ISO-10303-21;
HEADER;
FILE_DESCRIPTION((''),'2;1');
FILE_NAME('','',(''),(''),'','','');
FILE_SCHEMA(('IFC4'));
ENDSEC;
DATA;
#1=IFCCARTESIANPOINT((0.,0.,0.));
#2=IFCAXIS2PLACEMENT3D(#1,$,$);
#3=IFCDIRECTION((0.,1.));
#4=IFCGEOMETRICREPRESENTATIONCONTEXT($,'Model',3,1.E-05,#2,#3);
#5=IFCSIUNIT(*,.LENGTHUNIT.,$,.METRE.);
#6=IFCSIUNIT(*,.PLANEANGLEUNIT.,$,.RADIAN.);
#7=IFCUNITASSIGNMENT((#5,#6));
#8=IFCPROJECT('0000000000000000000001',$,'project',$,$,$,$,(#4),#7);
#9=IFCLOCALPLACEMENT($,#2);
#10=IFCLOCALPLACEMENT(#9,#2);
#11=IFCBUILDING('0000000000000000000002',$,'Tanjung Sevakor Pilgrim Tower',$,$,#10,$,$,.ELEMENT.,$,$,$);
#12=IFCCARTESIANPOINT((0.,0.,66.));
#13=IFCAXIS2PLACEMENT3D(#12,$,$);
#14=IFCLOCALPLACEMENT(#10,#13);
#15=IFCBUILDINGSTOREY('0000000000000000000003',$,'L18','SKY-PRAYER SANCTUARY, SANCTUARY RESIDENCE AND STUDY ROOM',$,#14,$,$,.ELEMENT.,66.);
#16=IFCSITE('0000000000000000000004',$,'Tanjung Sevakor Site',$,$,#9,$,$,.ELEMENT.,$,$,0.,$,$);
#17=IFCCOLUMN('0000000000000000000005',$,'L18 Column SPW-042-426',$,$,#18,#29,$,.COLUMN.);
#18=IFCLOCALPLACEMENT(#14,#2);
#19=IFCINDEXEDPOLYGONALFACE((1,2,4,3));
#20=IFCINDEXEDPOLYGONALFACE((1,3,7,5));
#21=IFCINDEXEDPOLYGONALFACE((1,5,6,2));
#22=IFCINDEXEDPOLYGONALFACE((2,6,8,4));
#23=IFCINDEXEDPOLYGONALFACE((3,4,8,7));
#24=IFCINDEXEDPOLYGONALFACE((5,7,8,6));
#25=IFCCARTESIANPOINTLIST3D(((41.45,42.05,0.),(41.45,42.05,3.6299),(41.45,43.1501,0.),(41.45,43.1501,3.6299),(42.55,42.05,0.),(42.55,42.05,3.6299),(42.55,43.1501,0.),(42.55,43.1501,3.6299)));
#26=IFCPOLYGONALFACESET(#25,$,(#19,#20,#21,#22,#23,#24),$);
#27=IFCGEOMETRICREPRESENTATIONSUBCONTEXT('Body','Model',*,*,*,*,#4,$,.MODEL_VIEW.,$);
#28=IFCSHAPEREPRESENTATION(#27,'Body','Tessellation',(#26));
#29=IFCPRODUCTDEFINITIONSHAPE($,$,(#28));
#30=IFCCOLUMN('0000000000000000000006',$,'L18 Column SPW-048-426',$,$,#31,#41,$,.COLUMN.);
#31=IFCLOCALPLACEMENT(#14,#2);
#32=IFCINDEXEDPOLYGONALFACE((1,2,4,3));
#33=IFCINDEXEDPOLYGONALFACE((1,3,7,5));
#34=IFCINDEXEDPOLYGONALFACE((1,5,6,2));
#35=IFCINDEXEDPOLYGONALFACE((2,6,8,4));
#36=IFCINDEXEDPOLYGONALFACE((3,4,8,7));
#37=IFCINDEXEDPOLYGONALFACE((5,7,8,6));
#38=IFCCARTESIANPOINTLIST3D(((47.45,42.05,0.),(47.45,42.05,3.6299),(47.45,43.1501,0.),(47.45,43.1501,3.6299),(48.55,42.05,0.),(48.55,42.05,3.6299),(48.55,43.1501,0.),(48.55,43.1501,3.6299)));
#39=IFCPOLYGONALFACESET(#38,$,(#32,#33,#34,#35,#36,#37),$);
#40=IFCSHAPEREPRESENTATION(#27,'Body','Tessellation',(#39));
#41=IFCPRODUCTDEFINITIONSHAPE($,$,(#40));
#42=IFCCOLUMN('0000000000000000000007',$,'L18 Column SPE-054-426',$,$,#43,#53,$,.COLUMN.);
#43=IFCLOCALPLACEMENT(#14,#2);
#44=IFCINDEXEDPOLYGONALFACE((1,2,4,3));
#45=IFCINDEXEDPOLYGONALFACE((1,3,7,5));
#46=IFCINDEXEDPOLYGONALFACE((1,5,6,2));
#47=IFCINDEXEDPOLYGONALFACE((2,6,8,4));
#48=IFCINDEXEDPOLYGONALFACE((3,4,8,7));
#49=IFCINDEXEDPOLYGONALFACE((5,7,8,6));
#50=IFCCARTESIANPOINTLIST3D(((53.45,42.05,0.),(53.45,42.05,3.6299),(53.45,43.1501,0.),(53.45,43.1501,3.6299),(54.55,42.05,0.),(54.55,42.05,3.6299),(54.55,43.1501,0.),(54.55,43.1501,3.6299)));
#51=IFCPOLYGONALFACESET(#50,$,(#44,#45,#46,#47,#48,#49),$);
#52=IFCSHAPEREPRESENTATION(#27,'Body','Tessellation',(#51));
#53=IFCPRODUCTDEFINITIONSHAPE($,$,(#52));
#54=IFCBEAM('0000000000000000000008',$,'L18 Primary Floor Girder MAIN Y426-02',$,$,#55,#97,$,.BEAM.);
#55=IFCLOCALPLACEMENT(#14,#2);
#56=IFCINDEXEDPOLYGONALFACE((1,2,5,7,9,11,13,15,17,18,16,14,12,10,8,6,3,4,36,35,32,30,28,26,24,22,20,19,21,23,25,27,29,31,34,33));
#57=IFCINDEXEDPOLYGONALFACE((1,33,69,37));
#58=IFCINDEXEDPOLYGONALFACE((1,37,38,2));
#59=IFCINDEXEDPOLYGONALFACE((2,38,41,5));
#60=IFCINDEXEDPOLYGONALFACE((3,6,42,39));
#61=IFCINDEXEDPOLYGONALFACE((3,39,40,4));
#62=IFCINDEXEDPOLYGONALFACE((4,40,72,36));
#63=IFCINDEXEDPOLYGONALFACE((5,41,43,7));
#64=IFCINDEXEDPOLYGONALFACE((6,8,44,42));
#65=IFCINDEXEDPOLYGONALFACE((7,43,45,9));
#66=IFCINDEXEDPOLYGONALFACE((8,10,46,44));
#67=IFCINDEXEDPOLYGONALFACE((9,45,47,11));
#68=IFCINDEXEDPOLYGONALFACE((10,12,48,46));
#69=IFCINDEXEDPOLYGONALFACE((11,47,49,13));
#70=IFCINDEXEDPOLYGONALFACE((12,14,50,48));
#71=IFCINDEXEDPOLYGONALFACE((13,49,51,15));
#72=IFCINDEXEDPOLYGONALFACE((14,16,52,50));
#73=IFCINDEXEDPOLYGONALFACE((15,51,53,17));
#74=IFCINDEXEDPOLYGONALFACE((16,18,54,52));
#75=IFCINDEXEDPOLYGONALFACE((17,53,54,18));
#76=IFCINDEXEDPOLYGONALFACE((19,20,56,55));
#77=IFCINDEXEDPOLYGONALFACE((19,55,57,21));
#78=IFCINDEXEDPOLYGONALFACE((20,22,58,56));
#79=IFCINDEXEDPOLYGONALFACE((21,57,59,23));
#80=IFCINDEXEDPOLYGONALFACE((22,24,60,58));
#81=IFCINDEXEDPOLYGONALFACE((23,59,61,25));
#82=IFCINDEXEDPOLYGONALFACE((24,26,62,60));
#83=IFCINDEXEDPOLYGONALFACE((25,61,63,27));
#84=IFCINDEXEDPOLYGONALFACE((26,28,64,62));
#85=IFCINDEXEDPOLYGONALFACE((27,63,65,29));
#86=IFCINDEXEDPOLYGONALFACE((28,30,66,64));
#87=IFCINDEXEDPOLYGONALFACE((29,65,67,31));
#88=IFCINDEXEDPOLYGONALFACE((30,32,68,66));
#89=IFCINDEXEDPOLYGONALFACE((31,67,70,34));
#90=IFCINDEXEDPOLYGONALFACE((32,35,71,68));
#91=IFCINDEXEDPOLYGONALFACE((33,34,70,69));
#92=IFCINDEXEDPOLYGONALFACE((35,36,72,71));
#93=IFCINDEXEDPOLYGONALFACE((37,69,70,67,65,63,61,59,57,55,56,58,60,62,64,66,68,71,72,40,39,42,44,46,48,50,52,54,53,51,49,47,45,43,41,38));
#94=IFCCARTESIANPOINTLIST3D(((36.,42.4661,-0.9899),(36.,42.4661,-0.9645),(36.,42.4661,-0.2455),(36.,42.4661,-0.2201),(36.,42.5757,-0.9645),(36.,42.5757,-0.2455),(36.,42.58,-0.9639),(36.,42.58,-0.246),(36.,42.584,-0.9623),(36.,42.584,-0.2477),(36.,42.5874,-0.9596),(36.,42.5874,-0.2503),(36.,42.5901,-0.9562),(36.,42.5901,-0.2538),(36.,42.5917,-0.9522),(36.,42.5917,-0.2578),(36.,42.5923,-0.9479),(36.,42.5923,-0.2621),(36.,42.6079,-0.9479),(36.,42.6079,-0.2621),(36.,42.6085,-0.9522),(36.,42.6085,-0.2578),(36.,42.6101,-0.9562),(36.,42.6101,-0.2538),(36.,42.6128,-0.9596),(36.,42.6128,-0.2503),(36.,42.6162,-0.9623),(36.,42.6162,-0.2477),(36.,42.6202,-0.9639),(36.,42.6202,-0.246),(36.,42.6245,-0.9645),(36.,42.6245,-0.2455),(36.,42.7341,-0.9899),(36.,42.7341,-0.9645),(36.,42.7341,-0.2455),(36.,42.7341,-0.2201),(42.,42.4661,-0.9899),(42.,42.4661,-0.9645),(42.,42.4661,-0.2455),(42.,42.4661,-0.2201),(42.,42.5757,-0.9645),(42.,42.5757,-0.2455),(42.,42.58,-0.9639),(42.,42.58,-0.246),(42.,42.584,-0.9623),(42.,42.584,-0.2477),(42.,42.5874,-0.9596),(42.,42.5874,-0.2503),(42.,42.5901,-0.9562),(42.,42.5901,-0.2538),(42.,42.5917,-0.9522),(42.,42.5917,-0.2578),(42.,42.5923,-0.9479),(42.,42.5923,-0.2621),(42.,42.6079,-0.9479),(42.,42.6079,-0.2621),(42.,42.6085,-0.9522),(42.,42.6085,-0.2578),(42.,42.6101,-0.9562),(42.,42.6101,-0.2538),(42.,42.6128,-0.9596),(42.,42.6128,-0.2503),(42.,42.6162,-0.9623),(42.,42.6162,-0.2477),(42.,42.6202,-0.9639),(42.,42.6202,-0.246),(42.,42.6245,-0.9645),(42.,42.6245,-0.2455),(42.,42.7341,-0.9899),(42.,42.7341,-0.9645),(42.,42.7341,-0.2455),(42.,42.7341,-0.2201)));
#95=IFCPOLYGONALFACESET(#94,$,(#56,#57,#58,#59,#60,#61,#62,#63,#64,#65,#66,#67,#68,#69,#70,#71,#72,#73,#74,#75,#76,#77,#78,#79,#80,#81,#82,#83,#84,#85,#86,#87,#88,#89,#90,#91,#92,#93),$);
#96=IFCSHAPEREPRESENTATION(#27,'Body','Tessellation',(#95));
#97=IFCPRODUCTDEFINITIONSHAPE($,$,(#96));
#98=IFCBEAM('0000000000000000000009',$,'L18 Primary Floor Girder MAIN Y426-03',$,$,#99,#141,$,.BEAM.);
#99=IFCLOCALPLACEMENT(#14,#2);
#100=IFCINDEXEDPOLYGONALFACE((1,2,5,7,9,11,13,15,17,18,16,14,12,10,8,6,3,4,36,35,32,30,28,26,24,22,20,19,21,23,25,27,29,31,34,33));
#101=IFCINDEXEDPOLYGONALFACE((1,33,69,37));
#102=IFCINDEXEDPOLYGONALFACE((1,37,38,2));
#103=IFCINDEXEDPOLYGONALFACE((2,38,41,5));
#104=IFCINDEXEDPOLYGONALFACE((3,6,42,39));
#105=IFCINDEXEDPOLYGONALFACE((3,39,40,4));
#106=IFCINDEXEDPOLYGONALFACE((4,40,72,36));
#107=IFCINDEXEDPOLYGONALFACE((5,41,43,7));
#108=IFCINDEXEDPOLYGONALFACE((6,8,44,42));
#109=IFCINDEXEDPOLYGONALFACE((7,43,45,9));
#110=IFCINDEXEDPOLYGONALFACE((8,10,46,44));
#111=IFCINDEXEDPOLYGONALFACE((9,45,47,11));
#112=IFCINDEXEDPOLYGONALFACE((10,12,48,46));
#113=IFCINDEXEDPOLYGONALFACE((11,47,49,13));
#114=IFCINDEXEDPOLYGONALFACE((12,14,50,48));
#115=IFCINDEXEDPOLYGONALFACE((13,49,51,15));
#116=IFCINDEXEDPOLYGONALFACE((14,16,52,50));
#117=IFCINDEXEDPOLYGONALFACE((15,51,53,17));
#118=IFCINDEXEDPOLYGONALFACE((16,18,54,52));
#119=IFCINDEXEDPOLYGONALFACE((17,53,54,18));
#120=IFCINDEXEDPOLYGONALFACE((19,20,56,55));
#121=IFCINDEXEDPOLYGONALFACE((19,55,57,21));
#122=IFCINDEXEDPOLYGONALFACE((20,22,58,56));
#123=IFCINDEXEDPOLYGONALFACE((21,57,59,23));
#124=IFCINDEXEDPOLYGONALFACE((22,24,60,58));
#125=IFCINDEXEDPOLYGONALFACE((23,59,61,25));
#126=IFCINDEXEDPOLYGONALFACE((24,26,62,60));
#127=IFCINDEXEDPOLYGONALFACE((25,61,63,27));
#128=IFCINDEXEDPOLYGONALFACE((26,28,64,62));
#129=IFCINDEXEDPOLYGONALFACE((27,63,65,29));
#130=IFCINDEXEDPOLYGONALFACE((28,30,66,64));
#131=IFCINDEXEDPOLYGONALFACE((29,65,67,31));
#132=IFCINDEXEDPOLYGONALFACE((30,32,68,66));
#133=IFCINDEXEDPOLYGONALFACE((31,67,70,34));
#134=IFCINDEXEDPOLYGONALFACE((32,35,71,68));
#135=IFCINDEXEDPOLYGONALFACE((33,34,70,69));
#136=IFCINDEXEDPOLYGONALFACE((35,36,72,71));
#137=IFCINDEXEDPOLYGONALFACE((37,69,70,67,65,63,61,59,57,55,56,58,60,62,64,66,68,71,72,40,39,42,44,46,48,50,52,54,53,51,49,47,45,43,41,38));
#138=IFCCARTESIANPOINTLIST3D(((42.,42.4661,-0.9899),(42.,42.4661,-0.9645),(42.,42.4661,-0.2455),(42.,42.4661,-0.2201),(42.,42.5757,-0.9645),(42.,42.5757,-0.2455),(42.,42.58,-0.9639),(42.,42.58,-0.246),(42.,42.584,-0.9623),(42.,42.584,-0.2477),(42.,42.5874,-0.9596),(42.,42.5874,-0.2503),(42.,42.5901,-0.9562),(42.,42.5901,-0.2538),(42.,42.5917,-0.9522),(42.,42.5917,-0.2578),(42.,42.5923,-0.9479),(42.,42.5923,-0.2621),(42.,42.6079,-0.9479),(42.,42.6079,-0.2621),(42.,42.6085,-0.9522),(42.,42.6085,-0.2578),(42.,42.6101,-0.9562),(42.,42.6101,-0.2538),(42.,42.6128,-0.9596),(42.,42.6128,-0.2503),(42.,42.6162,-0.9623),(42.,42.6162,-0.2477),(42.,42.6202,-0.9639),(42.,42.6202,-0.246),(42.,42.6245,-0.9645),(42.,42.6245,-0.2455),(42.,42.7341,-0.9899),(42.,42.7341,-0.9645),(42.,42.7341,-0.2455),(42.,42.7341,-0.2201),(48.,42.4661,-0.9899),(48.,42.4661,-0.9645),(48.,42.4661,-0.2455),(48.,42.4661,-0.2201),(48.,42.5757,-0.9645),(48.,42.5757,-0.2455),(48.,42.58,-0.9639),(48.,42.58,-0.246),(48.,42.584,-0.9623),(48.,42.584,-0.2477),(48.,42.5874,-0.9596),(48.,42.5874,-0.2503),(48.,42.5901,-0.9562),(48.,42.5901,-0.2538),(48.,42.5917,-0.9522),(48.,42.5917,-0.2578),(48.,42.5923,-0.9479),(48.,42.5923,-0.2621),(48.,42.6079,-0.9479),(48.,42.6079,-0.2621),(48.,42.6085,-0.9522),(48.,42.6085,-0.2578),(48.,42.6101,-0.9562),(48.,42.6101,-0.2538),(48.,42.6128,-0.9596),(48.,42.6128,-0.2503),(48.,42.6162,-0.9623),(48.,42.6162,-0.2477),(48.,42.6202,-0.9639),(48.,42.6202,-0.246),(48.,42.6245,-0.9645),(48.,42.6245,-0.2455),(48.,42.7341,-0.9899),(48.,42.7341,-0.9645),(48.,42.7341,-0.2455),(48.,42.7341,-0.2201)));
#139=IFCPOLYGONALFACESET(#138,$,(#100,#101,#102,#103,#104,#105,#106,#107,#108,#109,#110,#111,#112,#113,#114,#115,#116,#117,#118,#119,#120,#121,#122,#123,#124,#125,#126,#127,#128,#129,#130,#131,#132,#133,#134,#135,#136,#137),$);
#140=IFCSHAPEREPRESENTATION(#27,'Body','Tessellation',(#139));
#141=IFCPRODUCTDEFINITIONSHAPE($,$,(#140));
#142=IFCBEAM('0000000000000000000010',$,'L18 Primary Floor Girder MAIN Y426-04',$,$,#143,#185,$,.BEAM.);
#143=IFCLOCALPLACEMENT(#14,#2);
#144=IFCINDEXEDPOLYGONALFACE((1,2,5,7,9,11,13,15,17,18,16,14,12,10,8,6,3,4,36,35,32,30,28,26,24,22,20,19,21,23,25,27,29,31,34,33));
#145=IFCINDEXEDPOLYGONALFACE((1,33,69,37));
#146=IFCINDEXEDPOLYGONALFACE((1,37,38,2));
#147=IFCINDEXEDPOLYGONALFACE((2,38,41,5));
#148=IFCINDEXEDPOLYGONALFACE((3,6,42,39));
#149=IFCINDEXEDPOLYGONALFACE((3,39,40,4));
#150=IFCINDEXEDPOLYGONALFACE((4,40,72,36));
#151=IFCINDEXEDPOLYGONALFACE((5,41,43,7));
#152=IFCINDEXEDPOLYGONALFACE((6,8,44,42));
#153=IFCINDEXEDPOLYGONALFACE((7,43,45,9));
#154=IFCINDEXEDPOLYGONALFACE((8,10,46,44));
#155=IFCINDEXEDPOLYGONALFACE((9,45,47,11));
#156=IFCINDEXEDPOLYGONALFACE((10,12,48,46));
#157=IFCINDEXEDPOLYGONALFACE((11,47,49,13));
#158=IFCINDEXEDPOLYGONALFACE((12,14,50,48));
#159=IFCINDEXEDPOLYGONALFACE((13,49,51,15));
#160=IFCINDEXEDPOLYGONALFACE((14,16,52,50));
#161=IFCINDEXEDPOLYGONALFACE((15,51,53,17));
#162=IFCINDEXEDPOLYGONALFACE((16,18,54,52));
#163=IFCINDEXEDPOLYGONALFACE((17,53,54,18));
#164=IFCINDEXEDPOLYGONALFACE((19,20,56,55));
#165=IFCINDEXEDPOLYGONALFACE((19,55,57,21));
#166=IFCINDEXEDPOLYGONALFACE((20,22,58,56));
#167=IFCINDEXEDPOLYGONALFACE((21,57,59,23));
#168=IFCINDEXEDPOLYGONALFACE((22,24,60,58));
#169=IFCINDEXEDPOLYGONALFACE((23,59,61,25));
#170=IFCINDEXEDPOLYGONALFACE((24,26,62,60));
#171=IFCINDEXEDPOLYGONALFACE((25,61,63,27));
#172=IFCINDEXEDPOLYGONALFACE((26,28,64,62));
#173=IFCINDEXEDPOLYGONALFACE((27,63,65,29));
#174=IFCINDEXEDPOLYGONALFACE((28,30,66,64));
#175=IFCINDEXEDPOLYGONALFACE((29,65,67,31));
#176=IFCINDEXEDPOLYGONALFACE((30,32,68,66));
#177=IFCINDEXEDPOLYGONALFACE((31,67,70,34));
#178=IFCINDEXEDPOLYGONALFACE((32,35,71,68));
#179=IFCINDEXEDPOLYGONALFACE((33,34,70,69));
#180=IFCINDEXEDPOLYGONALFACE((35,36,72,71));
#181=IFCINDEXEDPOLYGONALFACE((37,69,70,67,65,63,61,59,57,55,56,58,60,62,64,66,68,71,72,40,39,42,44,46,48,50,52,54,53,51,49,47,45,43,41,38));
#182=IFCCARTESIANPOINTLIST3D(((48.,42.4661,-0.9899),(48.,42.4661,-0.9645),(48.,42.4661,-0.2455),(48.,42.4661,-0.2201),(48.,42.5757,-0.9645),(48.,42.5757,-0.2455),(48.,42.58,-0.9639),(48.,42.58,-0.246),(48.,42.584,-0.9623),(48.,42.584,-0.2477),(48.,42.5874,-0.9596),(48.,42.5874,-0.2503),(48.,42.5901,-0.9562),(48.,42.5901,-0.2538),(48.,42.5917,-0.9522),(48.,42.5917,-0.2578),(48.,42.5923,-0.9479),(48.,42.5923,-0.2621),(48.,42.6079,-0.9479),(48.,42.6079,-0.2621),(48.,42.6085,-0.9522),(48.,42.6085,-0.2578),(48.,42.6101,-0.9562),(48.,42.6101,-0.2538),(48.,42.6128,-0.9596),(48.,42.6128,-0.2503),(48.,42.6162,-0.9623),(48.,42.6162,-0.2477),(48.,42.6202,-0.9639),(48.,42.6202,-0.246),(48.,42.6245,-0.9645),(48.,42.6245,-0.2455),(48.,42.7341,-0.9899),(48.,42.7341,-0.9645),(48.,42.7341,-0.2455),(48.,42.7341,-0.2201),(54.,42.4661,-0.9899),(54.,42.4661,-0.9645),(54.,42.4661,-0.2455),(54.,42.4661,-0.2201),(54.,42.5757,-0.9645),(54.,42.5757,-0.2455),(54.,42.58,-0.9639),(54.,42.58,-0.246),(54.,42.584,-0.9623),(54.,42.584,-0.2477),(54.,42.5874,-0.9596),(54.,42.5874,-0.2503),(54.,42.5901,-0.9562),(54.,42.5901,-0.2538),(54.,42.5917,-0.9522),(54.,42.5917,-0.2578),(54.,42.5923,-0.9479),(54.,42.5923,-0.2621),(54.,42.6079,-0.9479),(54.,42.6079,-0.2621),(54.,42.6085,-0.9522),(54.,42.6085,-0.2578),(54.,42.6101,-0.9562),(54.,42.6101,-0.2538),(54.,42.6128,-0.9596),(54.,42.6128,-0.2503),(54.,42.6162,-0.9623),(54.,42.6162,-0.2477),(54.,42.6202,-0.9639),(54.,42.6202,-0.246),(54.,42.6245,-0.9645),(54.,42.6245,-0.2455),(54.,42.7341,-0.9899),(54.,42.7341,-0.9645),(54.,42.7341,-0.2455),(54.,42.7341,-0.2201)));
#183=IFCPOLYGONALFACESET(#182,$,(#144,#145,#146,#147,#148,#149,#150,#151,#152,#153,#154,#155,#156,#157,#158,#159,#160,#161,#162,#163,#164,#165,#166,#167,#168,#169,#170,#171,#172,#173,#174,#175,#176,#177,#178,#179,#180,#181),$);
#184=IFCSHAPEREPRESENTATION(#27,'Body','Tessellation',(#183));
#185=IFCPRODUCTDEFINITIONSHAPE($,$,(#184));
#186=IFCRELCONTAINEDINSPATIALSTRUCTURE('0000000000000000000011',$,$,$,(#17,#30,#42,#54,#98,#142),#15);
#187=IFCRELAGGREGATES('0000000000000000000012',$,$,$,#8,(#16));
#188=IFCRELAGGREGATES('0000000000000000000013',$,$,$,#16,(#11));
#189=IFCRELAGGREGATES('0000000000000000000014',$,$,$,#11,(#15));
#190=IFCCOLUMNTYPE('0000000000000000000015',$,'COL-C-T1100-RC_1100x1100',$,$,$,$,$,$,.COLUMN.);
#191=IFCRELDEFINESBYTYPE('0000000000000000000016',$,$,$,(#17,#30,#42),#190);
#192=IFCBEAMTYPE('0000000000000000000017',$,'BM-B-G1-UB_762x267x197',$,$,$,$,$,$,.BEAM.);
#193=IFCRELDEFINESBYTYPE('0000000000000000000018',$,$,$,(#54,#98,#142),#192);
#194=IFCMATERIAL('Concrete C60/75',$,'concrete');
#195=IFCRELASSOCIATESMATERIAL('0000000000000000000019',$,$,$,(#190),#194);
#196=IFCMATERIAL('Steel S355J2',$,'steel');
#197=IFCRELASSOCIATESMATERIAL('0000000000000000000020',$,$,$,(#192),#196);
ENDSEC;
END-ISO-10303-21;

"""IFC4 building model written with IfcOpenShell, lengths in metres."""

from ifc_helpers import new_model, si_unit, direction, frame, origin, origin_2d, place, context, subcontext, project, spatial, rectangle, i_section, extrude, material, material_profile, profile_set, type_object, element, save


model = new_model("IFC4")

# Units and contexts
model_context = context("Model", 3, precision=1e-05, world=origin(), true_north=direction((0.0, 1.0)))
body_context = subcontext(model_context, "Body", "Model", "MODEL_VIEW")
ifc_project = project(units=[si_unit("LENGTHUNIT", "METRE"), si_unit("PLANEANGLEUNIT", "RADIAN")], contexts=[model_context])

# Site, building, storey
site_placement = place(None, origin())
site = spatial("IfcSite", under=ifc_project, at=site_placement, Name="Tanjung Sevakor Site", CompositionType="ELEMENT", RefElevation=0.0)
building_placement = place(site_placement, origin())
building = spatial("IfcBuilding", under=site, at=building_placement, Name="Tanjung Sevakor Pilgrim Tower", CompositionType="ELEMENT")
storey_placement = place(building_placement, frame((0.0, 0.0, 66.0)))
storey = spatial("IfcBuildingStorey", under=building, at=storey_placement, Name="L18", Description="SKY-PRAYER SANCTUARY, SANCTUARY RESIDENCE AND STUDY ROOM", CompositionType="ELEMENT", Elevation=66.0)

# Columns
ifc_material_1 = material(Name="Concrete C60/75", Category="concrete")
ifc_material_profile_1 = material_profile(ifc_material_1, rectangle(XDim=1.1001, YDim=1.1001, at=origin_2d()))
ifc_profile_set_1 = profile_set([ifc_material_profile_1], Name="Concrete C60/75")
column_type = type_object("IfcColumnType", Name="COL-C-T1100-RC_1100x1100", PredefinedType="COLUMN", material=ifc_profile_set_1)
for number, where, z_axis, x_axis, name in (
    (1, (42.0, 42.6001, 0.0), (0.0, 0.0, 1.0), (1.0, 0.0, 0.0), "L18 Column SPW-042-426"),
    (2, (48.0, 42.6001, 0.0), (0.0, 0.0, 1.0), (1.0, 0.0, 0.0), "L18 Column SPW-048-426"),
    (3, (54.0, 42.6001, 0.0), (0.0, 0.0, 1.0), (1.0, 0.0, 0.0), "L18 Column SPE-054-426"),
):
    element("IfcColumn", number, at=place(storey_placement, frame(where, z_axis=z_axis, x_axis=x_axis)), inside=storey, type_object=column_type, Name=name, PredefinedType="COLUMN", context=body_context, shape_type="SweptSolid", body=[
        extrude(rectangle(XDim=1.1001, YDim=1.1001, at=origin_2d()), origin(), (0.0, 0.0, 1.0), 3.6299),
    ])

# Beams
ifc_material_2 = material(Name="Steel S355J2", Category="steel")
ifc_material_profile_2 = material_profile(ifc_material_2, i_section(OverallWidth=0.2681, OverallDepth=0.7698, WebThickness=0.0156, FlangeThickness=0.0254, FilletRadius=0.0166, at=origin_2d()))
ifc_profile_set_2 = profile_set([ifc_material_profile_2], Name="Steel S355J2")
beam_type_1 = type_object("IfcBeamType", Name="BM-B-G1-UB_762x267x197", PredefinedType="BEAM", material=ifc_profile_set_2)
for number, where, z_axis, x_axis, name in (
    (4, (36.0, 42.6001, -0.605), (1.0, 0.0, 0.0), (0.0, 1.0, 0.0), "L18 Primary Floor Girder MAIN Y426-02"),
    (5, (42.0, 42.6001, -0.605), (1.0, 0.0, 0.0), (0.0, 1.0, 0.0), "L18 Primary Floor Girder MAIN Y426-03"),
    (6, (48.0, 42.6001, -0.605), (1.0, 0.0, 0.0), (0.0, 1.0, 0.0), "L18 Primary Floor Girder MAIN Y426-04"),
):
    element("IfcBeam", number, at=place(storey_placement, frame(where, z_axis=z_axis, x_axis=x_axis)), inside=storey, type_object=beam_type_1, Name=name, PredefinedType="BEAM", context=body_context, shape_type="SweptSolid", body=[
        extrude(i_section(OverallWidth=0.2681, OverallDepth=0.7698, WebThickness=0.0156, FlangeThickness=0.0254, FilletRadius=0.0166, at=origin_2d()), origin(), (0.0, 0.0, 1.0), 6.0),
    ])

save(model, "model.ifc")
